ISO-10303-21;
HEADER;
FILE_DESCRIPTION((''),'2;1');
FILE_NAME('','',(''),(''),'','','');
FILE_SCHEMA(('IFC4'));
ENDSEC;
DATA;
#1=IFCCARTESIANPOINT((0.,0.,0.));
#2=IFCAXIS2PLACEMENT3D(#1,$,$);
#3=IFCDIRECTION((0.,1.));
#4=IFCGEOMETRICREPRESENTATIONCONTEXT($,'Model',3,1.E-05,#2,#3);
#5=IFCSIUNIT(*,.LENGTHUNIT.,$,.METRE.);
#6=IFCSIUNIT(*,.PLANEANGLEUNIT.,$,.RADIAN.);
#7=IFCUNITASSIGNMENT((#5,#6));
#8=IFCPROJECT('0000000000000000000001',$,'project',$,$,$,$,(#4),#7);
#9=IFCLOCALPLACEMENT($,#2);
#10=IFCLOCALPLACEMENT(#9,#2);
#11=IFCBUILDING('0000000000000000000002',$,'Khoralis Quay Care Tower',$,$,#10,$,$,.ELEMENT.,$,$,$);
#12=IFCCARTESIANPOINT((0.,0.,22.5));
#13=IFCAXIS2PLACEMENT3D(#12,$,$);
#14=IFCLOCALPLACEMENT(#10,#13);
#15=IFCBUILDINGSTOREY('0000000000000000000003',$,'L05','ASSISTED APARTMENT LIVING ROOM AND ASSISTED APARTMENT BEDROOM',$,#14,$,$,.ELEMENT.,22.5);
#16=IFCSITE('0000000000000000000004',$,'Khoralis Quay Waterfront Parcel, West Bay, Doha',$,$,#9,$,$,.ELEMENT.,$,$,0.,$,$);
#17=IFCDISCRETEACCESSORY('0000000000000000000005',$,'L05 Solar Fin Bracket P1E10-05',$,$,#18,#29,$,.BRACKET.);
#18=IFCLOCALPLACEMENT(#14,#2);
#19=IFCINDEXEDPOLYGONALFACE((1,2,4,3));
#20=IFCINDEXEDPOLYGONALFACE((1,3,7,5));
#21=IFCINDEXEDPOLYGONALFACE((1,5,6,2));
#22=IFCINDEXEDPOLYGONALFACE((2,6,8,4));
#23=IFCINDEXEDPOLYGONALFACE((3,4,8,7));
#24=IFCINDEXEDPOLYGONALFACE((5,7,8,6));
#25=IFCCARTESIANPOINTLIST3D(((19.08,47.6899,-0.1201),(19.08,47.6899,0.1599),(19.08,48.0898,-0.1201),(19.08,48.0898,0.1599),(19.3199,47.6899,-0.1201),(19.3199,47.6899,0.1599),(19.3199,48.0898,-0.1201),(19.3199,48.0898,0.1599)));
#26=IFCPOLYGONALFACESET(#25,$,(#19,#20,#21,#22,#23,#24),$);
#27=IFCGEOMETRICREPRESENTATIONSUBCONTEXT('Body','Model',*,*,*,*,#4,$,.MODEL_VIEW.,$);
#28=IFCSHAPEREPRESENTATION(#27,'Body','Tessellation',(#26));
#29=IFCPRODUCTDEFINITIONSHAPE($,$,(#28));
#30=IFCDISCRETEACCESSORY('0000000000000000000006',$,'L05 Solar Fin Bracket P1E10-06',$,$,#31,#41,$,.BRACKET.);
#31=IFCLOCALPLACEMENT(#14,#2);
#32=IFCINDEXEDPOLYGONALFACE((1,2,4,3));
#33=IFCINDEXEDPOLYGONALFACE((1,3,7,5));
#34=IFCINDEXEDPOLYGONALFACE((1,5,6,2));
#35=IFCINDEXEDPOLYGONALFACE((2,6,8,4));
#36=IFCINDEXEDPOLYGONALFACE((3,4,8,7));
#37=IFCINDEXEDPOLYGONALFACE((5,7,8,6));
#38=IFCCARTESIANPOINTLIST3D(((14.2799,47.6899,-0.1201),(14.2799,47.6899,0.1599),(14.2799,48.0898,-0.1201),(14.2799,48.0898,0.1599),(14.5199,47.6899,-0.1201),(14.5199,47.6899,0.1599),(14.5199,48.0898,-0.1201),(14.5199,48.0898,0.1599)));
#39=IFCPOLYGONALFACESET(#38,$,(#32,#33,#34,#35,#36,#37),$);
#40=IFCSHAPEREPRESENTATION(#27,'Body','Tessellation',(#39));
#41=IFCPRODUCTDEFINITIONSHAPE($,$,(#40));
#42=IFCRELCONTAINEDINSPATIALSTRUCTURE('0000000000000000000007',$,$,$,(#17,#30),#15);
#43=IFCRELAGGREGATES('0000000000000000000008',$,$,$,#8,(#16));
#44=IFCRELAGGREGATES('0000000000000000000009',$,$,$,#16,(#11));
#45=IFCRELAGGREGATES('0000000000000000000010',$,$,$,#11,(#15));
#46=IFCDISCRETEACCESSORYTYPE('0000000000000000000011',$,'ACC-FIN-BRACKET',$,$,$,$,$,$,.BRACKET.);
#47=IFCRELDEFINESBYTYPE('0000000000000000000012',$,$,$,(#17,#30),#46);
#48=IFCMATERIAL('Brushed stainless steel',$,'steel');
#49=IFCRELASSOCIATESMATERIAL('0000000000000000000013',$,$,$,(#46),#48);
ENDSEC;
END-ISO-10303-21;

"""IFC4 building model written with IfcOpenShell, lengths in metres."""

from ifc_helpers import new_model, si_unit, direction, frame, origin, origin_2d, place, context, subcontext, project, spatial, rectangle, extrude, source, transform, mapped, material, type_object, element, save


model = new_model("IFC4")

# Units and contexts
model_context = context("Model", 3, precision=1e-05, world=origin(), true_north=direction((0.0, 1.0)))
body_context = subcontext(model_context, "Body", "Model", "MODEL_VIEW")
ifc_project = project(units=[si_unit("LENGTHUNIT", "METRE"), si_unit("PLANEANGLEUNIT", "RADIAN")], contexts=[model_context])

# Site, building, storey
site_placement = place(None, origin())
site = spatial("IfcSite", under=ifc_project, at=site_placement, Name="Khoralis Quay Waterfront Parcel, West Bay, Doha", CompositionType="ELEMENT", RefElevation=0.0)
building_placement = place(site_placement, origin())
building = spatial("IfcBuilding", under=site, at=building_placement, Name="Khoralis Quay Care Tower", CompositionType="ELEMENT")
storey_placement = place(building_placement, frame((0.0, 0.0, 22.5)))
storey = spatial("IfcBuildingStorey", under=building, at=storey_placement, Name="L05", Description="ASSISTED APARTMENT LIVING ROOM AND ASSISTED APARTMENT BEDROOM", CompositionType="ELEMENT", Elevation=22.5)

# Discrete accessories
ifc_material_1 = material(Name="Brushed stainless steel", Category="steel")
discrete_accessory_type = type_object("IfcDiscreteAccessoryType", Name="ACC-FIN-BRACKET", PredefinedType="BRACKET", material=ifc_material_1)
shared_shape_1 = source(origin(), body_context, "Body", "SweptSolid", [
    extrude(rectangle(XDim=0.3999, YDim=0.24, at=origin_2d()), origin(), (0.0, 0.0, 1.0), 0.28),
])
for number, where, z_axis, x_axis, name in (
    (1, (19.2, 47.8899, -0.1201), (0.0, 0.0, 1.0), (0.0, 1.0, 0.0), "L05 Solar Fin Bracket P1E10-05"),
    (2, (14.3999, 47.8899, -0.1201), (0.0, 0.0, 1.0), (0.0, 1.0, 0.0), "L05 Solar Fin Bracket P1E10-06"),
):
    element("IfcDiscreteAccessory", number, at=place(storey_placement, frame(where, z_axis=z_axis, x_axis=x_axis)), inside=storey, type_object=discrete_accessory_type, Name=name, PredefinedType="BRACKET", context=body_context, shape_type="MappedRepresentation", body=[
        mapped(shared_shape_1, transform((0.0, 0.0, 0.0), scale=1.0)),
    ])

save(model, "model.ifc")
